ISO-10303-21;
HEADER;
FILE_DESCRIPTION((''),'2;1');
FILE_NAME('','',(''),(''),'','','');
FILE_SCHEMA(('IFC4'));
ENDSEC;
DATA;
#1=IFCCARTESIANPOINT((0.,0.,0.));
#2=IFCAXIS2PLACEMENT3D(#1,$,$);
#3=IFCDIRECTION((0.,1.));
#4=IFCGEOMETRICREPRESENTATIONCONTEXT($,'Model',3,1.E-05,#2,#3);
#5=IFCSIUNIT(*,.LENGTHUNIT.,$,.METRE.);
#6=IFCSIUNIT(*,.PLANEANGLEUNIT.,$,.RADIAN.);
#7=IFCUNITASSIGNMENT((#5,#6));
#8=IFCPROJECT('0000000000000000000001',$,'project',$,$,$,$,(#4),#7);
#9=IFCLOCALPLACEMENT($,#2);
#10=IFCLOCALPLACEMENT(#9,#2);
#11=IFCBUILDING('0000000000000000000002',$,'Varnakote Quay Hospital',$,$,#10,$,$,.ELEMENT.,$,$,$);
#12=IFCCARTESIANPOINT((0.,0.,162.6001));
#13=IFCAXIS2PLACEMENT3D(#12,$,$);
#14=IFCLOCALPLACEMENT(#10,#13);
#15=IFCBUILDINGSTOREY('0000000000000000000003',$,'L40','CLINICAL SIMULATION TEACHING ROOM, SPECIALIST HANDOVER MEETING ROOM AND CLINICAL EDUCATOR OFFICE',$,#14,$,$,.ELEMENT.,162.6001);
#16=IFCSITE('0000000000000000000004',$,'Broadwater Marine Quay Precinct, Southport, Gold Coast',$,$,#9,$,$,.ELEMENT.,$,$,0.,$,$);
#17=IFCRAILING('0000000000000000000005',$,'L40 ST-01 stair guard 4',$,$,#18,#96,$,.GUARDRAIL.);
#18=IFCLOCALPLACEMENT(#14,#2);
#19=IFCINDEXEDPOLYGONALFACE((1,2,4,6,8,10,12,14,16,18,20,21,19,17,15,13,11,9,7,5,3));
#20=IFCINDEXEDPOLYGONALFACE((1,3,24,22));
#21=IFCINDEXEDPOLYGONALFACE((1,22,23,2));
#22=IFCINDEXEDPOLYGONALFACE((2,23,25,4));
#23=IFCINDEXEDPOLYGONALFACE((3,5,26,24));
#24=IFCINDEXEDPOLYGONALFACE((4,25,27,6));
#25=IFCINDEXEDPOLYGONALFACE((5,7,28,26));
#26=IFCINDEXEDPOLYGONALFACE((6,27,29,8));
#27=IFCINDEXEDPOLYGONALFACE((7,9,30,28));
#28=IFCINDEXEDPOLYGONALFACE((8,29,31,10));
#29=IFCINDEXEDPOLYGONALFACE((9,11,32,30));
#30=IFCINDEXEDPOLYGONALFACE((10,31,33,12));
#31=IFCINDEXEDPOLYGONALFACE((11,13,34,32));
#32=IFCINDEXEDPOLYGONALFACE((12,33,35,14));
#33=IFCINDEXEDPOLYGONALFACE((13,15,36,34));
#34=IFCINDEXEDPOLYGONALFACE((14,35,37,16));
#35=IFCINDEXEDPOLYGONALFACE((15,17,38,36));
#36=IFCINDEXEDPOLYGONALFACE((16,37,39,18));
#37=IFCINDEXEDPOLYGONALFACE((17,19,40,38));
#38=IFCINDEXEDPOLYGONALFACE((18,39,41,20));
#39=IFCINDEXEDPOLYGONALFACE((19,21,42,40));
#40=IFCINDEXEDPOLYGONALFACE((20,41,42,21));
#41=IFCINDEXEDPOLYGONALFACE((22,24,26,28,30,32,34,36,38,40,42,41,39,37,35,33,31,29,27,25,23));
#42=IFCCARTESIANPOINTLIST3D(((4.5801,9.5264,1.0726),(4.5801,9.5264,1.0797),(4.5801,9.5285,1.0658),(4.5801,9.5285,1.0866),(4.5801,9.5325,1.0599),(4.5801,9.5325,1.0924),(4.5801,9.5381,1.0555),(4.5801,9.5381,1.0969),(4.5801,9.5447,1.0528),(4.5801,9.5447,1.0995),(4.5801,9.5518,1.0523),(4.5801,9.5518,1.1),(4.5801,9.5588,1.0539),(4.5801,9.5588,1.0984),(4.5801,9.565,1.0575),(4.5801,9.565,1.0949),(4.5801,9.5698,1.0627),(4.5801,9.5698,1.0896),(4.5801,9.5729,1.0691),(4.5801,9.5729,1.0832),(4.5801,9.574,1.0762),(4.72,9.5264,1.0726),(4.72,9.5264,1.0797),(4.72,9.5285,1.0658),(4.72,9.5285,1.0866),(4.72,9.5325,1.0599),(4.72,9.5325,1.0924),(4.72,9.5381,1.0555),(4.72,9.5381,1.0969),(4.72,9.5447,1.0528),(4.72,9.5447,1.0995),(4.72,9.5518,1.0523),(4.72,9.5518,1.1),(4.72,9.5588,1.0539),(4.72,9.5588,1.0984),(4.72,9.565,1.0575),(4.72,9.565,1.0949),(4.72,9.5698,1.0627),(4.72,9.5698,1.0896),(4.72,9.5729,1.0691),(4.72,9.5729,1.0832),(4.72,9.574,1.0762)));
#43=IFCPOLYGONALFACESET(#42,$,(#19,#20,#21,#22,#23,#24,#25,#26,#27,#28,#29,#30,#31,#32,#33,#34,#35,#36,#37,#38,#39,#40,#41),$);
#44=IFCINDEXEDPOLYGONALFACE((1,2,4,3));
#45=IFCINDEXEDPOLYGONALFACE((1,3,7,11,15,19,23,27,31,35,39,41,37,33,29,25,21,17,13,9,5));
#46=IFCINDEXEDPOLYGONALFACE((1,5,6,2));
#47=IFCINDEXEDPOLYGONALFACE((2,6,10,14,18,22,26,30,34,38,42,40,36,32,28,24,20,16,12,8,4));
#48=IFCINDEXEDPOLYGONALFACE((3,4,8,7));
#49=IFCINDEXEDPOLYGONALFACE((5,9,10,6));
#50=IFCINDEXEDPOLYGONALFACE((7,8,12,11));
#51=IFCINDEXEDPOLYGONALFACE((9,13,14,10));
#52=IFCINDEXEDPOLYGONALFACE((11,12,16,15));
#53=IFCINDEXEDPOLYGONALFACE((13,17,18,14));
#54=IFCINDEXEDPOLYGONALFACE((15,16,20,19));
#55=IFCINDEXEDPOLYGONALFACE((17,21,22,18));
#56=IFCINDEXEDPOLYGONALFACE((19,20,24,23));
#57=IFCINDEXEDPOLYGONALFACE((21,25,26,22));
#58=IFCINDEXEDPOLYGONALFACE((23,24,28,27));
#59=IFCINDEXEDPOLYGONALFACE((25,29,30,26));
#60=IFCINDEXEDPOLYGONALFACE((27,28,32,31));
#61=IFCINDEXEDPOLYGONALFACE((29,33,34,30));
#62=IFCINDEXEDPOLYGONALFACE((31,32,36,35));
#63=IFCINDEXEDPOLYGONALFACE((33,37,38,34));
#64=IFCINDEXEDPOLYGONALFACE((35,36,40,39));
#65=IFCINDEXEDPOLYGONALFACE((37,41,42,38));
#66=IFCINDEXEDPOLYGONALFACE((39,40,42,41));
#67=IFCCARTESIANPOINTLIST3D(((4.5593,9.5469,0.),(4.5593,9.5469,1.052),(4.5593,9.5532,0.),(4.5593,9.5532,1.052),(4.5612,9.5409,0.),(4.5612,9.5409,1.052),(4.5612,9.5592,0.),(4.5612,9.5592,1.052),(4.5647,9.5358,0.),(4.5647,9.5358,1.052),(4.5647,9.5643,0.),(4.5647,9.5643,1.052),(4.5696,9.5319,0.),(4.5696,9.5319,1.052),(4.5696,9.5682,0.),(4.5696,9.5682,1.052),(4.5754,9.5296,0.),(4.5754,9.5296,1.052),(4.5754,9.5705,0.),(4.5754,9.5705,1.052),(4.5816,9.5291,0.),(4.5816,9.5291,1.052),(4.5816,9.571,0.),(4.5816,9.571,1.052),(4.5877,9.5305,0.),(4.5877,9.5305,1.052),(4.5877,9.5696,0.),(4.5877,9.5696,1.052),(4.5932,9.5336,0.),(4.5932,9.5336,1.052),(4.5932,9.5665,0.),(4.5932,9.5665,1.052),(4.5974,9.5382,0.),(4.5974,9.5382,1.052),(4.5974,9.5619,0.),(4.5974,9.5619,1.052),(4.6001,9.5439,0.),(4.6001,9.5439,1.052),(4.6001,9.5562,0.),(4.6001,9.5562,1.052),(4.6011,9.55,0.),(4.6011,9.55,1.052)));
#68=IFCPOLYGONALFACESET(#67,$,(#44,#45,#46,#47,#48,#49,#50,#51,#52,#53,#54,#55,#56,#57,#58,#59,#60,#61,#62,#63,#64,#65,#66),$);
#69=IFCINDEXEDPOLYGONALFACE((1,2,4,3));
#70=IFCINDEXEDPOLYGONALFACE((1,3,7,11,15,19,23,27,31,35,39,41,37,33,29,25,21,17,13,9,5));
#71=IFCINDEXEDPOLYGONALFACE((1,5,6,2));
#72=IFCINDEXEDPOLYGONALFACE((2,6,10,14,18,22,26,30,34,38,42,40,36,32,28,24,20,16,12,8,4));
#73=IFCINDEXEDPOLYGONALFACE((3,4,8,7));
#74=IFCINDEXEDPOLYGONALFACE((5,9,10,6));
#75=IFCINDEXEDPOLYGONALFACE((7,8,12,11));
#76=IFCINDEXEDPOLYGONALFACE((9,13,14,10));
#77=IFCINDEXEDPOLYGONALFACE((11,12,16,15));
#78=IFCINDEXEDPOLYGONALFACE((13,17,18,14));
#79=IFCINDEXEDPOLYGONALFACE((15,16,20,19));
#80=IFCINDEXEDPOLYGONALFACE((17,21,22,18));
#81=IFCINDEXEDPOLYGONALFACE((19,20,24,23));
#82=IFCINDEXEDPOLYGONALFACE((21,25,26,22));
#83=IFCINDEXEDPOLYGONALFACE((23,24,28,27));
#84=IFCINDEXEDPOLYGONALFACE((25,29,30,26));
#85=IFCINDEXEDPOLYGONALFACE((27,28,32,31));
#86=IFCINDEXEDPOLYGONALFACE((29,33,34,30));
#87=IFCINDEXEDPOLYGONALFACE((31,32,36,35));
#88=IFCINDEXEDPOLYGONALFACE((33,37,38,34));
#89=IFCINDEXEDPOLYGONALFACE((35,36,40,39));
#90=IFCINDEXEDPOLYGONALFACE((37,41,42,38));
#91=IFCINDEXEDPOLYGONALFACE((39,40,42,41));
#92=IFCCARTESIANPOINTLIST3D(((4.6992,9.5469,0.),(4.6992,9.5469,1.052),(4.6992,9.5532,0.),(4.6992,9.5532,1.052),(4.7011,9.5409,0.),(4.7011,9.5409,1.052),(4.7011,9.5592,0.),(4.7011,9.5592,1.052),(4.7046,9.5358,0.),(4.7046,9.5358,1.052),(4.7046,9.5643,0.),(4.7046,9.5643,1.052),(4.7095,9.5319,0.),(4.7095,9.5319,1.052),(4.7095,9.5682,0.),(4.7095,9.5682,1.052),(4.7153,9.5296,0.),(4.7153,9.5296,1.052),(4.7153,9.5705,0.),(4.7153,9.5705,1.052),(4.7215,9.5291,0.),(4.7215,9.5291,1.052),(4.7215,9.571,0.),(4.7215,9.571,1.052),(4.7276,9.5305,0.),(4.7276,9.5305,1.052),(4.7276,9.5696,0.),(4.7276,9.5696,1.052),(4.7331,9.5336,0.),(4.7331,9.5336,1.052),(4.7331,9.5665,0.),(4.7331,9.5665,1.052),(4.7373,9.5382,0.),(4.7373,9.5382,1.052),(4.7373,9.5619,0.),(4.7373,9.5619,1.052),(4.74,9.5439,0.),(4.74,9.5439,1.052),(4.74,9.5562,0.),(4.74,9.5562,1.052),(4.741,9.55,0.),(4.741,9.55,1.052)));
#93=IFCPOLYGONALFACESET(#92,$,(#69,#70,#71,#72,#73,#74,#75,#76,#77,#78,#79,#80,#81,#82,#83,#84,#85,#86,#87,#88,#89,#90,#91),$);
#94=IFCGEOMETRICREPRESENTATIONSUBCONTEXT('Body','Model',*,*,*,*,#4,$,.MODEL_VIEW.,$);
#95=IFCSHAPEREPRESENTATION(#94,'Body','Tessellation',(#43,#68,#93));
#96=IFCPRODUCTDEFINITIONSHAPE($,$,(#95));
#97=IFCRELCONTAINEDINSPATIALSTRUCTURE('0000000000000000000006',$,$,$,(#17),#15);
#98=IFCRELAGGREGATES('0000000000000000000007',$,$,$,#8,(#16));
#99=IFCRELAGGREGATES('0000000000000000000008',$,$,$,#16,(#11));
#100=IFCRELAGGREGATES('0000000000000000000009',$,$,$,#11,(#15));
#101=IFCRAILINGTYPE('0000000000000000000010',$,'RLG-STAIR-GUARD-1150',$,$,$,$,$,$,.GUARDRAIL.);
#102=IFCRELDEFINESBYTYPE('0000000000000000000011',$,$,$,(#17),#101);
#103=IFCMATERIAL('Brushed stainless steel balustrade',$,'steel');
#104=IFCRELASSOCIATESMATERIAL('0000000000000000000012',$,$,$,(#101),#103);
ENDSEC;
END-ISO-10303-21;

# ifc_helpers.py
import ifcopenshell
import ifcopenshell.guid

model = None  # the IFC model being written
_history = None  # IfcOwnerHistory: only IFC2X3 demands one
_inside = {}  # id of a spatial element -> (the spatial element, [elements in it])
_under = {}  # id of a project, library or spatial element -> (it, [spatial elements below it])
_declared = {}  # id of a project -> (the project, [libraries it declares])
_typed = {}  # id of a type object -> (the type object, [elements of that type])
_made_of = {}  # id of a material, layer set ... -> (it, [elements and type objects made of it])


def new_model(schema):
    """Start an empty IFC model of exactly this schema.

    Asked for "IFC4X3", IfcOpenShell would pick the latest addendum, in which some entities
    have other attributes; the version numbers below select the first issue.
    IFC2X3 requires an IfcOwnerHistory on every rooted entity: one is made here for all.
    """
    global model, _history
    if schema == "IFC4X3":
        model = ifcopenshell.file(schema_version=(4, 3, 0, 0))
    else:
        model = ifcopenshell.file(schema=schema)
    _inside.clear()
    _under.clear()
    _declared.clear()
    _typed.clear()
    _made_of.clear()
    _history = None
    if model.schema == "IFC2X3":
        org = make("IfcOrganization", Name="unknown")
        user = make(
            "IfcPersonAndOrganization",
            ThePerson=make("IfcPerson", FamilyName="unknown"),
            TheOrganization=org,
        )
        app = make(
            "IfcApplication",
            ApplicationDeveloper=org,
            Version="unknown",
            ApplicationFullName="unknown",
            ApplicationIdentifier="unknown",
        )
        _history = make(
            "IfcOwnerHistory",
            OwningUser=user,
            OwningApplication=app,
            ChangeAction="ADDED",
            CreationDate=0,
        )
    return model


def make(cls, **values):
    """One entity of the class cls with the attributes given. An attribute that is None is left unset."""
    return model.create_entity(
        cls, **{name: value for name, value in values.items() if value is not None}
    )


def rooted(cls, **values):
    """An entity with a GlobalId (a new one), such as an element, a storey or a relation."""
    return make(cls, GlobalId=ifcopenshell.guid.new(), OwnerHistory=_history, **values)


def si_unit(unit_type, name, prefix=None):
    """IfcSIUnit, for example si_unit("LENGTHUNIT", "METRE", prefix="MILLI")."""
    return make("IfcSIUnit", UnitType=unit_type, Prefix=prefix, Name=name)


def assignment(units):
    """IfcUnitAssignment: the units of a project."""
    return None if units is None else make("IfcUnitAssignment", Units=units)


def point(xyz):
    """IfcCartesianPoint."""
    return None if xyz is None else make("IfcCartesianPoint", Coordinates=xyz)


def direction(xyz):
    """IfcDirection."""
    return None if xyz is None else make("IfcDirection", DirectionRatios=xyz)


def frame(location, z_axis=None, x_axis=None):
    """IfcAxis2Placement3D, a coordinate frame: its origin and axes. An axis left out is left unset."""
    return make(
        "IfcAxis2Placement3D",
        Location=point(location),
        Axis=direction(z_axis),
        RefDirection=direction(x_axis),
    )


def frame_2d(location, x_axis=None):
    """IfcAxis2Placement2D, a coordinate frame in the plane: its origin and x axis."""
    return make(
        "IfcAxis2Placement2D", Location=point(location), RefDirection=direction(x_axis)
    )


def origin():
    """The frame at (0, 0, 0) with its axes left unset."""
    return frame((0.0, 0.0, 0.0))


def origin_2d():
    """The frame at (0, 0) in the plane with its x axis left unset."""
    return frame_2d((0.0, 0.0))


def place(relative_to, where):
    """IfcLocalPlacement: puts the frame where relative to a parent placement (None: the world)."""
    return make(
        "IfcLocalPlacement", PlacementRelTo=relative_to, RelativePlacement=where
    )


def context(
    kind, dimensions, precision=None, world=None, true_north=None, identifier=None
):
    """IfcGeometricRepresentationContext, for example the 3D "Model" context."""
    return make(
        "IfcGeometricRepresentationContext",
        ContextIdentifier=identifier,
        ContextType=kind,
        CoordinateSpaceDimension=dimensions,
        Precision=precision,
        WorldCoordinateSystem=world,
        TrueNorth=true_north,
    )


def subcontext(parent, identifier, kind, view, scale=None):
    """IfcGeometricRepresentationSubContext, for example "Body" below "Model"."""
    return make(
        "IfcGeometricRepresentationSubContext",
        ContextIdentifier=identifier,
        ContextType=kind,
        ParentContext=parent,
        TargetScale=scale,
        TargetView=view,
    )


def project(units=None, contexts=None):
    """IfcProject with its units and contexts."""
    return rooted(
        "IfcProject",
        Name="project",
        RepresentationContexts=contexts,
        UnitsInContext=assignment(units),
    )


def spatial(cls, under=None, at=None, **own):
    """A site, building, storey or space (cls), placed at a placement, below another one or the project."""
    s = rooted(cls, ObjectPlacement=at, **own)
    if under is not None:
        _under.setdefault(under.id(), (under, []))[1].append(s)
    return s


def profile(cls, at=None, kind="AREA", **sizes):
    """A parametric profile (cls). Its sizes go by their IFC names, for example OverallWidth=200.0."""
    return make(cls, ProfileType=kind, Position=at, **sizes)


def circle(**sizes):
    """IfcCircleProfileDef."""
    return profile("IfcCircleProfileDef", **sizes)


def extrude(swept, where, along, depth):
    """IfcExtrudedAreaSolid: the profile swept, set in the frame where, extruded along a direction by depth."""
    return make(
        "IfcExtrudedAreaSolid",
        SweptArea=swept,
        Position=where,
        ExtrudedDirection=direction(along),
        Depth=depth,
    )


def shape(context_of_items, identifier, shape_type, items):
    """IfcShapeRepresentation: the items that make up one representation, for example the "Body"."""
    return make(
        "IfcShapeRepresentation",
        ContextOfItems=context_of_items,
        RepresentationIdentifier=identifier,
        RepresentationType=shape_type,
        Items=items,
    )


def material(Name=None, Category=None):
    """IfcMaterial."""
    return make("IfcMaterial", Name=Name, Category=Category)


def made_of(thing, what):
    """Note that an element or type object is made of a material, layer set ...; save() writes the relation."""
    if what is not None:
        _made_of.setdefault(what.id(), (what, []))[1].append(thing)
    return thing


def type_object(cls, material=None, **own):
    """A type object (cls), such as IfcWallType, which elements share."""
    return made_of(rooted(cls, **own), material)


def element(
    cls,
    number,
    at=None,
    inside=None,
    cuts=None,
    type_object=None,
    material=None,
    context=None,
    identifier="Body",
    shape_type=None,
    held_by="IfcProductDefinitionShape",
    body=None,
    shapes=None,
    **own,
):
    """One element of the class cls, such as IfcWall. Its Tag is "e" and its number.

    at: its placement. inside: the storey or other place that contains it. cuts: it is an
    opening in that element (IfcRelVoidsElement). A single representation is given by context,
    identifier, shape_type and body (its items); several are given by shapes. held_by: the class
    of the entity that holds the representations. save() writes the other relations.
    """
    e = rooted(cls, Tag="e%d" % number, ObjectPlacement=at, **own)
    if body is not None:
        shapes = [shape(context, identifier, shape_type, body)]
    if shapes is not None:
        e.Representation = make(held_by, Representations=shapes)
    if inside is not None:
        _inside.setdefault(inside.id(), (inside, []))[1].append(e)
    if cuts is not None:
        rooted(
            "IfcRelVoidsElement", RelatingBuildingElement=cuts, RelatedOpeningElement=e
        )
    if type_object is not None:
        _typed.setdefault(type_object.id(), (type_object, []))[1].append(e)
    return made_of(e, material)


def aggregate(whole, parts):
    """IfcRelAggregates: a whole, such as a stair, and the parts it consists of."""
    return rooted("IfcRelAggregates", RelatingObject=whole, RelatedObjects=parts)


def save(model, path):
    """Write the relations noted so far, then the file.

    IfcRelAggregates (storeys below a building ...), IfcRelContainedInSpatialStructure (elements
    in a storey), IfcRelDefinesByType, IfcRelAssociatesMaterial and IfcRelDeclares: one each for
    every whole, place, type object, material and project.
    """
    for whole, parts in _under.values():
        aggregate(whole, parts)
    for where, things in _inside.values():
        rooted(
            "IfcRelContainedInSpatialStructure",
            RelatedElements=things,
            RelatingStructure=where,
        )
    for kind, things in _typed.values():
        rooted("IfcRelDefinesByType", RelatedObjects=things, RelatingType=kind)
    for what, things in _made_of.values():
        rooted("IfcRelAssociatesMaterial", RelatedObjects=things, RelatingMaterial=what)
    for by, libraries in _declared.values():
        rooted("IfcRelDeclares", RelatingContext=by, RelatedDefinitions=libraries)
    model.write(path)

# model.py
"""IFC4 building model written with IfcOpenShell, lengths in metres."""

from ifc_helpers import new_model, si_unit, direction, frame, origin, origin_2d, place, context, subcontext, project, spatial, circle, extrude, material, type_object, element, save


model = new_model("IFC4")

# Units and contexts
model_context = context("Model", 3, precision=1e-05, world=origin(), true_north=direction((0.0, 1.0)))
body_context = subcontext(model_context, "Body", "Model", "MODEL_VIEW")
ifc_project = project(units=[si_unit("LENGTHUNIT", "METRE"), si_unit("PLANEANGLEUNIT", "RADIAN")], contexts=[model_context])

# Site, building, storey
site_placement = place(None, origin())
site = spatial("IfcSite", under=ifc_project, at=site_placement, Name="Broadwater Marine Quay Precinct, Southport, Gold Coast", CompositionType="ELEMENT", RefElevation=0.0)
building_placement = place(site_placement, origin())
building = spatial("IfcBuilding", under=site, at=building_placement, Name="Varnakote Quay Hospital", CompositionType="ELEMENT")
storey_placement = place(building_placement, frame((0.0, 0.0, 162.6001)))
storey = spatial("IfcBuildingStorey", under=building, at=storey_placement, Name="L40", Description="CLINICAL SIMULATION TEACHING ROOM, SPECIALIST HANDOVER MEETING ROOM AND CLINICAL EDUCATOR OFFICE", CompositionType="ELEMENT", Elevation=162.6001)

# Railing
ifc_material_1 = material(Name="Brushed stainless steel balustrade", Category="steel")
railing_type_1 = type_object("IfcRailingType", Name="RLG-STAIR-GUARD-1150", PredefinedType="GUARDRAIL", material=ifc_material_1)
railing_1_placement = place(storey_placement, frame((4.5801, 9.55, 0.0)))
element("IfcRailing", 1, at=railing_1_placement, inside=storey, type_object=railing_type_1, Name="L40 ST-01 stair guard 4", PredefinedType="GUARDRAIL", context=body_context, shape_type="SweptSolid", body=[
    extrude(circle(Radius=0.0239, at=origin_2d()), frame((0.0, 0.0, 1.0762), z_axis=(1.0, 0.0, 0.0), x_axis=(0.0, 1.0, 0.0)), (0.0, 0.0, 1.0), 0.1399),
    extrude(circle(Radius=0.021, at=origin_2d()), origin(), (0.0, 0.0, 1.0), 1.052),
    extrude(circle(Radius=0.021, at=origin_2d()), frame((0.1399, 0.0, 0.0)), (0.0, 0.0, 1.0), 1.052),
])

save(model, "model.ifc")
